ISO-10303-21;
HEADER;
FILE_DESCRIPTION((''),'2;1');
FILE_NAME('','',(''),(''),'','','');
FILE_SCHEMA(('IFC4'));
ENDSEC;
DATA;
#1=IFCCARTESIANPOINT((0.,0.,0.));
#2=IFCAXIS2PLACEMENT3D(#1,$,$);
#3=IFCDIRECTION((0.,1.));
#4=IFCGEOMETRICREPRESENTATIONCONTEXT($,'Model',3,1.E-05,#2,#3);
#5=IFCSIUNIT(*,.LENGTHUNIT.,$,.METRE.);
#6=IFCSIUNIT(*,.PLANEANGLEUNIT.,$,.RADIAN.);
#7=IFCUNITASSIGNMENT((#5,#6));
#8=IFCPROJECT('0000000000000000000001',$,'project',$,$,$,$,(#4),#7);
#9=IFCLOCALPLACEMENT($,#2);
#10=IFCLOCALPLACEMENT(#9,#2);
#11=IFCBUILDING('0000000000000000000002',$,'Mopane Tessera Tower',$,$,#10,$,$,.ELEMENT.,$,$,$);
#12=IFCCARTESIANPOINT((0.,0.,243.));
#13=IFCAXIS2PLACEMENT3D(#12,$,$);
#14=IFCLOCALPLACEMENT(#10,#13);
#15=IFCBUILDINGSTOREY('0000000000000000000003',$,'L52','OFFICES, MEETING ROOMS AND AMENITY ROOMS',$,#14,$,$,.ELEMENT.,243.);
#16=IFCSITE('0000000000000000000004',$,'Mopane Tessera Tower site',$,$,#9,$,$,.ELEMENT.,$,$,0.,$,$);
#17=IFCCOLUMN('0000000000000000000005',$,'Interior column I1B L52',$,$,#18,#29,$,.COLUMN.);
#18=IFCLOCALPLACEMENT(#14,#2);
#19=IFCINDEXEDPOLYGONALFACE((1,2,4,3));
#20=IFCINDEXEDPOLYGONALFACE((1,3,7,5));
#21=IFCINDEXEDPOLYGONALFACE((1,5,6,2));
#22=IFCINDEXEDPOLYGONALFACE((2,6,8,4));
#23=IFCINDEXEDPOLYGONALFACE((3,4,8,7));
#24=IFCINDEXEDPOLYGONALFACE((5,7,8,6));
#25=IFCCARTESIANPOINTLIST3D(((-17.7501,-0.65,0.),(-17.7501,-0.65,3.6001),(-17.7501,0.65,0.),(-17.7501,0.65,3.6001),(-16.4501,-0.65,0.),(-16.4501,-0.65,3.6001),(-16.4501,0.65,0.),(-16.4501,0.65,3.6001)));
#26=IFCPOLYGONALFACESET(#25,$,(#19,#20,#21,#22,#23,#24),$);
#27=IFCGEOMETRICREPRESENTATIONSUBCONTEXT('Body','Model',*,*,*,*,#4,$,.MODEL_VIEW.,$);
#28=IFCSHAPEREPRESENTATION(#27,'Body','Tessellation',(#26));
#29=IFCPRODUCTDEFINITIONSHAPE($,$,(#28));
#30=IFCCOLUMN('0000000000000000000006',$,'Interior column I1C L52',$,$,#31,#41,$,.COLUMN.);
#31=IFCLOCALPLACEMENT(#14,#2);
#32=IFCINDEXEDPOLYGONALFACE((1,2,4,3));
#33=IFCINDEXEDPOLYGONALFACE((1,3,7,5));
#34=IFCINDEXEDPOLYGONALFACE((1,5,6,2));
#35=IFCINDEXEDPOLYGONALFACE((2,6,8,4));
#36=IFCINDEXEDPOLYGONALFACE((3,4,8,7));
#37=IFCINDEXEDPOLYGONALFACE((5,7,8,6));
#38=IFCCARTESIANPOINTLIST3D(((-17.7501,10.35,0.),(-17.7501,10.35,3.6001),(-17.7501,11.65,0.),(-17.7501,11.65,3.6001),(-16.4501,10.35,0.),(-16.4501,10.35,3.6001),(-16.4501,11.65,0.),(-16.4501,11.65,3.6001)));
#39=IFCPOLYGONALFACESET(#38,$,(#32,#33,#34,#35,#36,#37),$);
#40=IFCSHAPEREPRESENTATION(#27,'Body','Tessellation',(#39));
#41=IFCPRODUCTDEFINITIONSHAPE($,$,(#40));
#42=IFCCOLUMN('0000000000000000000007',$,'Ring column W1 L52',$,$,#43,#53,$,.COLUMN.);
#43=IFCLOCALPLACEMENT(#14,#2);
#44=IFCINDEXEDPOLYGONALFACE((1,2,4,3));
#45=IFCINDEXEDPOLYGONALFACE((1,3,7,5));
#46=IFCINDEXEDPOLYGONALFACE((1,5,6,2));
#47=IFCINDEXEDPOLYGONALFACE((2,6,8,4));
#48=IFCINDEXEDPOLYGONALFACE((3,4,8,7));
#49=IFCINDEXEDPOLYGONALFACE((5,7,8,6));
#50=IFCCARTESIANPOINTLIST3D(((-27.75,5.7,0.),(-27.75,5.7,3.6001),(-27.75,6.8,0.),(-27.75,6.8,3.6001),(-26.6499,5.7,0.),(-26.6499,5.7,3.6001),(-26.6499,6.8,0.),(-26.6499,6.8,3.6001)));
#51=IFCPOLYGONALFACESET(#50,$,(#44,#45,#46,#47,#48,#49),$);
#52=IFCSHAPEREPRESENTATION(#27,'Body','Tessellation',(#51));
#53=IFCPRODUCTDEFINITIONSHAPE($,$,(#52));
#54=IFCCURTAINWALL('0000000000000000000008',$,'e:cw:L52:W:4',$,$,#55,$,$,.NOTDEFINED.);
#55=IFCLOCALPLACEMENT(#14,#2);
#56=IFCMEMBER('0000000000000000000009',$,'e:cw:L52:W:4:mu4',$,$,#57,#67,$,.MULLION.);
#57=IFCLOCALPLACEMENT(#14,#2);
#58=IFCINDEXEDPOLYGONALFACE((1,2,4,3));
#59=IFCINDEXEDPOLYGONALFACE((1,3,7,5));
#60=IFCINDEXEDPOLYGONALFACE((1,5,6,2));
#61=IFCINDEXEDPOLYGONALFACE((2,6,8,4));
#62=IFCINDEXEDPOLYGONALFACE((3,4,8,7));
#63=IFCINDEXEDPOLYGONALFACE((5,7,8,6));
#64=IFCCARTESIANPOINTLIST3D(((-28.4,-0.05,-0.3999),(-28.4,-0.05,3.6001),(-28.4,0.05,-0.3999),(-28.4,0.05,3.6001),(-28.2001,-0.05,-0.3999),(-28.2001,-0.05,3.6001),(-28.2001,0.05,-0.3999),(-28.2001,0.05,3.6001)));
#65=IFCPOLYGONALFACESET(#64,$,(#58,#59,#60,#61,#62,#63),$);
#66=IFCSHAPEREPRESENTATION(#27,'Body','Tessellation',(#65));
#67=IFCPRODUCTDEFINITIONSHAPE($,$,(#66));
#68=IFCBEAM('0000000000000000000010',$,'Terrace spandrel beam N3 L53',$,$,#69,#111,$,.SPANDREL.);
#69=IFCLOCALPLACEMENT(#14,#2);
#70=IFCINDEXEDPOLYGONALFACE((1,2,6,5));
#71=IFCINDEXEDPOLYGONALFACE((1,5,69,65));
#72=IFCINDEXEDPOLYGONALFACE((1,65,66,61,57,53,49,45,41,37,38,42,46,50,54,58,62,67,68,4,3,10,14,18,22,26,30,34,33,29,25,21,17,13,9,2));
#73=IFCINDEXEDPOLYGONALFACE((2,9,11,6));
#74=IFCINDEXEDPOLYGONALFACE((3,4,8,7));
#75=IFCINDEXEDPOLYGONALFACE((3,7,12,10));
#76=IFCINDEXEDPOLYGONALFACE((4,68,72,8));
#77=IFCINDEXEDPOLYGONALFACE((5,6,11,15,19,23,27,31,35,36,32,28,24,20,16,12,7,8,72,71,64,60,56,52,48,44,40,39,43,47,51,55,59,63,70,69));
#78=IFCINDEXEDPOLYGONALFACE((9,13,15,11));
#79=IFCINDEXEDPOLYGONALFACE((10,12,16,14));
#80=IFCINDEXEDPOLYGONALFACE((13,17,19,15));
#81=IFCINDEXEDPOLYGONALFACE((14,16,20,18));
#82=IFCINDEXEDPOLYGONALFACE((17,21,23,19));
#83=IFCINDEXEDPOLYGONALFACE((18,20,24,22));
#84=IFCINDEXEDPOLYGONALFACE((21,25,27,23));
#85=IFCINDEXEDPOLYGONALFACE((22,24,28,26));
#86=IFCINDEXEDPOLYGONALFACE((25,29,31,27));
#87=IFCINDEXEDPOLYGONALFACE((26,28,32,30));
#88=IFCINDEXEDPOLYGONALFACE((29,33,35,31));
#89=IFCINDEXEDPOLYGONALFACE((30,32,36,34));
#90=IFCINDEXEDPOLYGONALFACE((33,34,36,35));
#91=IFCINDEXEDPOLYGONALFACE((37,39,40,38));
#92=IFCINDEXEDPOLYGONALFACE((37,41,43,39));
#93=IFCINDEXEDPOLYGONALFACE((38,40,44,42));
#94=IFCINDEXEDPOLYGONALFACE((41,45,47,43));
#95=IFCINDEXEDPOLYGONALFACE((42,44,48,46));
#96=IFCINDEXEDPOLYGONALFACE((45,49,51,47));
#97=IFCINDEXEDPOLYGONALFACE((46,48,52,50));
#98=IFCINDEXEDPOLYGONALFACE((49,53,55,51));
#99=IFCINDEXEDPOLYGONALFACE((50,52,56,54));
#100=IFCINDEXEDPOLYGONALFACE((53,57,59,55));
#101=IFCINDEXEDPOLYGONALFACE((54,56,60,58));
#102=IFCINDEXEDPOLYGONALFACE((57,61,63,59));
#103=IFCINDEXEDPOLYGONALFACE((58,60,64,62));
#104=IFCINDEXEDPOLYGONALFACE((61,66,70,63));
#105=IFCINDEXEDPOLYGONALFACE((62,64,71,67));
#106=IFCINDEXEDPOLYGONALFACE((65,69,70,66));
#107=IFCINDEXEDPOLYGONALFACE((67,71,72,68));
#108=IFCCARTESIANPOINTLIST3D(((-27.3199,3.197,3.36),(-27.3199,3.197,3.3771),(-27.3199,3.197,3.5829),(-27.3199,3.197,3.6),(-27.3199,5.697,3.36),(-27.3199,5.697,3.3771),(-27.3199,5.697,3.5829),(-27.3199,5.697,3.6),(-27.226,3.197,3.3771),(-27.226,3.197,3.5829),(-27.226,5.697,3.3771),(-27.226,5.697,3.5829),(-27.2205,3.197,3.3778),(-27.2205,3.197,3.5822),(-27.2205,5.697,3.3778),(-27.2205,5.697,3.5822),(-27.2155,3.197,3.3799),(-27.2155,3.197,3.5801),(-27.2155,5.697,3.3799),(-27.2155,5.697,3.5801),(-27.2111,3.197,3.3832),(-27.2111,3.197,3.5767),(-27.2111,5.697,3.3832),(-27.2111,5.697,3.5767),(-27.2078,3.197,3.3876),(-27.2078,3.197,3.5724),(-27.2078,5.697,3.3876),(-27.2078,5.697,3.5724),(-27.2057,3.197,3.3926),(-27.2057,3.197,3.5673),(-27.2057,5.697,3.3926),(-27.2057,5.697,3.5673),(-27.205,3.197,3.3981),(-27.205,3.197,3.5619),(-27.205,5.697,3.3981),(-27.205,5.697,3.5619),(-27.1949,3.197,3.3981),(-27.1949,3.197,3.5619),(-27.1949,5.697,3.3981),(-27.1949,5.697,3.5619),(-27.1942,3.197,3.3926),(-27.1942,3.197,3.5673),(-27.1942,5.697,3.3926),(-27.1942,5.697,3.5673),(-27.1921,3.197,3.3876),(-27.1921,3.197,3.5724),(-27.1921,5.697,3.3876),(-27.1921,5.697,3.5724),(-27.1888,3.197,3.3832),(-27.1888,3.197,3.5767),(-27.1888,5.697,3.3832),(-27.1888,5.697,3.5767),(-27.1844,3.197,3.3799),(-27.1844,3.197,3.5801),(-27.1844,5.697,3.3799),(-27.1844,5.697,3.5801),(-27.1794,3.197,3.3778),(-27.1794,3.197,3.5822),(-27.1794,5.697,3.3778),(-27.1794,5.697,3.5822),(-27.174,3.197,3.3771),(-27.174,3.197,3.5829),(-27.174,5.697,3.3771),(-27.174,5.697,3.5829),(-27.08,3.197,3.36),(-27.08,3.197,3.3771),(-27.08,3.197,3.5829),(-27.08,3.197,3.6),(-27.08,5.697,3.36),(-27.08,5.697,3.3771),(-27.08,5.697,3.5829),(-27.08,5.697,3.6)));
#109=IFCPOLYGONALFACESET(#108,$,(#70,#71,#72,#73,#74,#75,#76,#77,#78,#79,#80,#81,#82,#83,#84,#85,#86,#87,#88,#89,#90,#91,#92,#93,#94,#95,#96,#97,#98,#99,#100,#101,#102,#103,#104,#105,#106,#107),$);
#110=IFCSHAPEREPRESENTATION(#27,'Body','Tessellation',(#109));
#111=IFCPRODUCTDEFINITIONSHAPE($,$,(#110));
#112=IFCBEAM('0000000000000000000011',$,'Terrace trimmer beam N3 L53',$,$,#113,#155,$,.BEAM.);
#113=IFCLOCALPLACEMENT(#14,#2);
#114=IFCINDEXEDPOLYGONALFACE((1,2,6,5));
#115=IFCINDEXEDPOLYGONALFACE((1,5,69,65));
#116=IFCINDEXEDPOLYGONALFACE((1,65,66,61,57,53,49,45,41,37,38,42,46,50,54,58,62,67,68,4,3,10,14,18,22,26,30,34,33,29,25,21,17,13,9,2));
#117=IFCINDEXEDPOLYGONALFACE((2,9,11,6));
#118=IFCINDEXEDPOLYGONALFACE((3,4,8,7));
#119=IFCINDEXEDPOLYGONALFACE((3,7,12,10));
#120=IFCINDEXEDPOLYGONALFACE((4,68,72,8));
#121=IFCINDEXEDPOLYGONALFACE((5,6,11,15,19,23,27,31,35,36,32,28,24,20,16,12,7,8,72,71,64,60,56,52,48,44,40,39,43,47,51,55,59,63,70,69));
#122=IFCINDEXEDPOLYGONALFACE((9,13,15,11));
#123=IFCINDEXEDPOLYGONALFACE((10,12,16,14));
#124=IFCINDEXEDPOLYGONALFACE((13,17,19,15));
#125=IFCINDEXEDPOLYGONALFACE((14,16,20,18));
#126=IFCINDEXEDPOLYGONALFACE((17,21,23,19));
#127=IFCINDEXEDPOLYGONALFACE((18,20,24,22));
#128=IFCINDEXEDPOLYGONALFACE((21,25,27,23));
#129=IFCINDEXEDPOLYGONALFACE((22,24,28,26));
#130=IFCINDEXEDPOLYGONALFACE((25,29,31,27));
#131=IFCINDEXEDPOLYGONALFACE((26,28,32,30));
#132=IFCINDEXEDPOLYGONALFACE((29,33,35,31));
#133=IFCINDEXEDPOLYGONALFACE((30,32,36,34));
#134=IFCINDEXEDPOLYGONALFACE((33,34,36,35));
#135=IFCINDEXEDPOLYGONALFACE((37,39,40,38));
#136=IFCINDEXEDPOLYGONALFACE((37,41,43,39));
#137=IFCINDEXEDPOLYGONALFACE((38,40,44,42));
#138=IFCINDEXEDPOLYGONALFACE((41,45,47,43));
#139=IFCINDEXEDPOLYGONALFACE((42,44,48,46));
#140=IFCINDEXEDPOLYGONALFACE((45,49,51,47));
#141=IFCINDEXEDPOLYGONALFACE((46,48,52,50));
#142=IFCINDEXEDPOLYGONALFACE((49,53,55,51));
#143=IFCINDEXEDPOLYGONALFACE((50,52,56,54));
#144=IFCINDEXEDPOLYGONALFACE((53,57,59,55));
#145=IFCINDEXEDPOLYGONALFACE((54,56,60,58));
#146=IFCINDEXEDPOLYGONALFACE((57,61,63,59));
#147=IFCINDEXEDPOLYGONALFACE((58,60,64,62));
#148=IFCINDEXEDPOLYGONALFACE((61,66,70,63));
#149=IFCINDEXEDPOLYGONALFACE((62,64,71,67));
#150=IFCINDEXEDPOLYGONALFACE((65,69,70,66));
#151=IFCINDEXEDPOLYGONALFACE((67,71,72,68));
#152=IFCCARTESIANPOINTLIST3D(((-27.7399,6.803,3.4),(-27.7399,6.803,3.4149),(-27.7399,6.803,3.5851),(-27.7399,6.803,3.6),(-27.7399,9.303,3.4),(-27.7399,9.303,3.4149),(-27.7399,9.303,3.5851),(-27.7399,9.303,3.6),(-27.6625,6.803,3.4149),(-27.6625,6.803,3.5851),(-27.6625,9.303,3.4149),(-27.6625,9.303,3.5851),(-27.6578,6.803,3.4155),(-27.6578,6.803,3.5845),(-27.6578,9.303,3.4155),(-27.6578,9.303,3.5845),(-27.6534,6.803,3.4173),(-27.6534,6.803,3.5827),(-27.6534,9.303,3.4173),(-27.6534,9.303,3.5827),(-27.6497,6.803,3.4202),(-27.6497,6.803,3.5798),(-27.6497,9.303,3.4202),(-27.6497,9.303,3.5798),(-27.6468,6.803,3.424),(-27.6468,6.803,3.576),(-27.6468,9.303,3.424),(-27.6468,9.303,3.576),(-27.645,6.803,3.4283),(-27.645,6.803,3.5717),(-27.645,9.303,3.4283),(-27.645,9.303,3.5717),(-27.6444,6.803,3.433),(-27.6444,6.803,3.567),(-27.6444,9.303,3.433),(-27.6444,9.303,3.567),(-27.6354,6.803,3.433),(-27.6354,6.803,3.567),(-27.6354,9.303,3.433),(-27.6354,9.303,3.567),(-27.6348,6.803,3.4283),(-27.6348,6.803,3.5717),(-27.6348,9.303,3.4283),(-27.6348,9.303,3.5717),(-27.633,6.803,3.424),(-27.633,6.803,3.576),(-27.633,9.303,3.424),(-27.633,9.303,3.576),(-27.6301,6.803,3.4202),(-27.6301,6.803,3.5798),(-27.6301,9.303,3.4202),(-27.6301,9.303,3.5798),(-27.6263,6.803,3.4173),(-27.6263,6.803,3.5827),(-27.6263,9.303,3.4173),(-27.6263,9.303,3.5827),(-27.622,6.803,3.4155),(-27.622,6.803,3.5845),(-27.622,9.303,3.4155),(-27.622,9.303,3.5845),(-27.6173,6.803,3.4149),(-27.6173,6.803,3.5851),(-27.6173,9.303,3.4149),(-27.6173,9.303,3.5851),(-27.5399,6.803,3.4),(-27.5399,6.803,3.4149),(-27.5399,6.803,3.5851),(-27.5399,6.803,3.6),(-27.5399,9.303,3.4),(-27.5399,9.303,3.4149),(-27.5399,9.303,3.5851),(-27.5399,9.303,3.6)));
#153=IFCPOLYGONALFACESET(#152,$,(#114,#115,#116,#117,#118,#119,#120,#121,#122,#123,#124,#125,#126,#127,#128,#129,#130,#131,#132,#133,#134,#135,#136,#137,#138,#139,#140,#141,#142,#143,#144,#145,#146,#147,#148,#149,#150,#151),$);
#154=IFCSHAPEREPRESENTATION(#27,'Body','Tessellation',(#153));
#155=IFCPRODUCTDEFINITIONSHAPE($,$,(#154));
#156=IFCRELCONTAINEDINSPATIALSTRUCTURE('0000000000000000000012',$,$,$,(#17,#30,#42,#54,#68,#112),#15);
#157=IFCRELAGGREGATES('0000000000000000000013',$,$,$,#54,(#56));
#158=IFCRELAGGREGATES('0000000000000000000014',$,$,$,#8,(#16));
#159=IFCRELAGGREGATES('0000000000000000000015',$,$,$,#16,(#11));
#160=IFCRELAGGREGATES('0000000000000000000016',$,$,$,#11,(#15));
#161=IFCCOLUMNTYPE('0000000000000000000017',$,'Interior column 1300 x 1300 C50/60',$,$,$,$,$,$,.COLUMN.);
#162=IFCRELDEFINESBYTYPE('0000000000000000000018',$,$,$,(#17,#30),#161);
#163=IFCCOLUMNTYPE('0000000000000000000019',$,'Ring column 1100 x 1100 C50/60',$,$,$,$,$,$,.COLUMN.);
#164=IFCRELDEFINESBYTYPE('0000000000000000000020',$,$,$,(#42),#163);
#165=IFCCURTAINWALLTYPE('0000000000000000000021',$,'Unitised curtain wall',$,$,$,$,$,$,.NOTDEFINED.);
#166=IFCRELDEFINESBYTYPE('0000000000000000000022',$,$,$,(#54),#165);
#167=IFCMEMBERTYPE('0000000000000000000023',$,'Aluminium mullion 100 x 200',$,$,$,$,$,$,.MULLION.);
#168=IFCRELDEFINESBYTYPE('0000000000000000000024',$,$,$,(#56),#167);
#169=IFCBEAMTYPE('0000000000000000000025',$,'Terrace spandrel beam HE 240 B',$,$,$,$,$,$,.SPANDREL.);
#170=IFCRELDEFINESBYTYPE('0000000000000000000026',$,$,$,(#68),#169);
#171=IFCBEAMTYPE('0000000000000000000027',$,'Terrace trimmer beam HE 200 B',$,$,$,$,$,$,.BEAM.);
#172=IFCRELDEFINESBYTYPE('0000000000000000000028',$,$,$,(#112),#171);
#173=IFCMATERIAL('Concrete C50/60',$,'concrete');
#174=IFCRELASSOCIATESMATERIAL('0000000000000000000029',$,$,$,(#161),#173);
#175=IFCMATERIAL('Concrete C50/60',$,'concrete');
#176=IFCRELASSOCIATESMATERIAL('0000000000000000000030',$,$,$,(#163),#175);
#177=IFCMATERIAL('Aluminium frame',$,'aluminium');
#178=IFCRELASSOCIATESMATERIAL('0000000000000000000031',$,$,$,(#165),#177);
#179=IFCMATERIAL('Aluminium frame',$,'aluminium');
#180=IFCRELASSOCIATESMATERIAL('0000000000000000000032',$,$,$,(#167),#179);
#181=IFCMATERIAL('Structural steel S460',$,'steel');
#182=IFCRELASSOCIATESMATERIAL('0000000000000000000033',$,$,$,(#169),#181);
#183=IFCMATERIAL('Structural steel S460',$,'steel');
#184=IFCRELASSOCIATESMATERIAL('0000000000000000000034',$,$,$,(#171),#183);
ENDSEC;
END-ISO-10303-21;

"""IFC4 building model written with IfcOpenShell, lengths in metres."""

from ifc_helpers import new_model, si_unit, direction, frame, origin, origin_2d, place, context, subcontext, project, spatial, rectangle, i_section, extrude, material, material_profile, profile_set, type_object, element, aggregate, save


model = new_model("IFC4")

# Units and contexts
model_context = context("Model", 3, precision=1e-05, world=origin(), true_north=direction((0.0, 1.0)))
body_context = subcontext(model_context, "Body", "Model", "MODEL_VIEW")
ifc_project = project(units=[si_unit("LENGTHUNIT", "METRE"), si_unit("PLANEANGLEUNIT", "RADIAN")], contexts=[model_context])

# Site, building, storey
site_placement = place(None, origin())
site = spatial("IfcSite", under=ifc_project, at=site_placement, Name="Mopane Tessera Tower site", CompositionType="ELEMENT", RefElevation=0.0)
building_placement = place(site_placement, origin())
building = spatial("IfcBuilding", under=site, at=building_placement, Name="Mopane Tessera Tower", CompositionType="ELEMENT")
storey_placement = place(building_placement, frame((0.0, 0.0, 243.0)))
storey = spatial("IfcBuildingStorey", under=building, at=storey_placement, Name="L52", Description="OFFICES, MEETING ROOMS AND AMENITY ROOMS", CompositionType="ELEMENT", Elevation=243.0)

# Columns
ifc_material_1 = material(Name="Concrete C50/60", Category="concrete")
ifc_material_profile_1 = material_profile(ifc_material_1, rectangle(XDim=1.3, YDim=1.3, at=origin_2d()))
ifc_profile_set_1 = profile_set([ifc_material_profile_1], Name="Concrete C50/60")
column_type_1 = type_object("IfcColumnType", Name="Interior column 1300 x 1300 C50/60", PredefinedType="COLUMN", material=ifc_profile_set_1)
for number, where, z_axis, x_axis, name in (
    (1, (-17.1001, 0.0, 0.0), (0.0, 0.0, 1.0), (1.0, 0.0, 0.0), "Interior column I1B L52"),
    (2, (-17.1001, 11.0, 0.0), (0.0, 0.0, 1.0), (1.0, 0.0, 0.0), "Interior column I1C L52"),
):
    element("IfcColumn", number, at=place(storey_placement, frame(where, z_axis=z_axis, x_axis=x_axis)), inside=storey, type_object=column_type_1, Name=name, PredefinedType="COLUMN", context=body_context, shape_type="SweptSolid", body=[
        extrude(rectangle(XDim=1.3, YDim=1.3, at=origin_2d()), origin(), (0.0, 0.0, 1.0), 3.6001),
    ])
ifc_material_2 = material(Name="Concrete C50/60", Category="concrete")
ifc_material_profile_2 = material_profile(ifc_material_2, rectangle(XDim=1.1001, YDim=1.1001, at=origin_2d()))
ifc_profile_set_2 = profile_set([ifc_material_profile_2], Name="Concrete C50/60")
column_type_2 = type_object("IfcColumnType", Name="Ring column 1100 x 1100 C50/60", PredefinedType="COLUMN", material=ifc_profile_set_2)
column_placement = place(storey_placement, frame((-27.2, 6.25, 0.0), z_axis=(0.0, 0.0, 1.0), x_axis=(1.0, 0.0, 0.0)))
element("IfcColumn", 3, at=column_placement, inside=storey, type_object=column_type_2, Name="Ring column W1 L52", PredefinedType="COLUMN", context=body_context, shape_type="SweptSolid", body=[
    extrude(rectangle(XDim=1.1001, YDim=1.1001, at=origin_2d()), origin(), (0.0, 0.0, 1.0), 3.6001),
])

# Curtain wall, member
ifc_material_3 = material(Name="Aluminium frame", Category="aluminium")
curtain_wall_type = type_object("IfcCurtainWallType", Name="Unitised curtain wall", PredefinedType="NOTDEFINED", material=ifc_material_3)
curtain_wall_placement = place(storey_placement, origin())
curtain_wall = element("IfcCurtainWall", 4, at=curtain_wall_placement, inside=storey, type_object=curtain_wall_type, Name="e:cw:L52:W:4", PredefinedType="NOTDEFINED")
ifc_material_4 = material(Name="Aluminium frame", Category="aluminium")
ifc_material_profile_3 = material_profile(ifc_material_4, rectangle(XDim=0.1001, YDim=0.2, at=origin_2d()))
ifc_profile_set_3 = profile_set([ifc_material_profile_3], Name="Aluminium frame")
member_type = type_object("IfcMemberType", Name="Aluminium mullion 100 x 200", PredefinedType="MULLION", material=ifc_profile_set_3)
member_placement = place(storey_placement, frame((-28.3, 0.0, -0.3999), z_axis=(0.0, 0.0, 1.0), x_axis=(0.0, -1.0, 0.0)))
member = element("IfcMember", 5, at=member_placement, type_object=member_type, Name="e:cw:L52:W:4:mu4", PredefinedType="MULLION", context=body_context, shape_type="SweptSolid", body=[
    extrude(rectangle(XDim=0.1001, YDim=0.2, at=origin_2d()), origin(), (0.0, 0.0, 1.0), 4.0),
])
aggregate(curtain_wall, [member])

# Beams
ifc_material_5 = material(Name="Structural steel S460", Category="steel")
ifc_material_profile_4 = material_profile(ifc_material_5, i_section(OverallWidth=0.24, OverallDepth=0.24, WebThickness=0.01, FlangeThickness=0.0171, FilletRadius=0.021, at=origin_2d()))
ifc_profile_set_4 = profile_set([ifc_material_profile_4], Name="Structural steel S460")
beam_type_1 = type_object("IfcBeamType", Name="Terrace spandrel beam HE 240 B", PredefinedType="SPANDREL", material=ifc_profile_set_4)
beam_1_placement = place(storey_placement, frame((-27.2, 5.697, 3.48), z_axis=(0.0, -1.0, 0.0), x_axis=(1.0, 0.0, 0.0)))
element("IfcBeam", 6, at=beam_1_placement, inside=storey, type_object=beam_type_1, Name="Terrace spandrel beam N3 L53", PredefinedType="SPANDREL", context=body_context, shape_type="SweptSolid", body=[
    extrude(i_section(OverallWidth=0.24, OverallDepth=0.24, WebThickness=0.01, FlangeThickness=0.0171, FilletRadius=0.021, at=origin_2d()), origin(), (0.0, 0.0, 1.0), 2.5),
])
ifc_material_6 = material(Name="Structural steel S460", Category="steel")
ifc_material_profile_5 = material_profile(ifc_material_6, i_section(OverallWidth=0.2, OverallDepth=0.2, WebThickness=0.009, FlangeThickness=0.0149, FilletRadius=0.0181, at=origin_2d()))
ifc_profile_set_5 = profile_set([ifc_material_profile_5], Name="Structural steel S460")
beam_type_2 = type_object("IfcBeamType", Name="Terrace trimmer beam HE 200 B", PredefinedType="BEAM", material=ifc_profile_set_5)
beam_2_placement = place(storey_placement, frame((-27.6399, 6.803, 3.5), z_axis=(0.0, 1.0, 0.0), x_axis=(-1.0, 0.0, 0.0)))
element("IfcBeam", 7, at=beam_2_placement, inside=storey, type_object=beam_type_2, Name="Terrace trimmer beam N3 L53", PredefinedType="BEAM", context=body_context, shape_type="SweptSolid", body=[
    extrude(i_section(OverallWidth=0.2, OverallDepth=0.2, WebThickness=0.009, FlangeThickness=0.0149, FilletRadius=0.0181, at=origin_2d()), origin(), (0.0, 0.0, 1.0), 2.5),
])

save(model, "model.ifc")
